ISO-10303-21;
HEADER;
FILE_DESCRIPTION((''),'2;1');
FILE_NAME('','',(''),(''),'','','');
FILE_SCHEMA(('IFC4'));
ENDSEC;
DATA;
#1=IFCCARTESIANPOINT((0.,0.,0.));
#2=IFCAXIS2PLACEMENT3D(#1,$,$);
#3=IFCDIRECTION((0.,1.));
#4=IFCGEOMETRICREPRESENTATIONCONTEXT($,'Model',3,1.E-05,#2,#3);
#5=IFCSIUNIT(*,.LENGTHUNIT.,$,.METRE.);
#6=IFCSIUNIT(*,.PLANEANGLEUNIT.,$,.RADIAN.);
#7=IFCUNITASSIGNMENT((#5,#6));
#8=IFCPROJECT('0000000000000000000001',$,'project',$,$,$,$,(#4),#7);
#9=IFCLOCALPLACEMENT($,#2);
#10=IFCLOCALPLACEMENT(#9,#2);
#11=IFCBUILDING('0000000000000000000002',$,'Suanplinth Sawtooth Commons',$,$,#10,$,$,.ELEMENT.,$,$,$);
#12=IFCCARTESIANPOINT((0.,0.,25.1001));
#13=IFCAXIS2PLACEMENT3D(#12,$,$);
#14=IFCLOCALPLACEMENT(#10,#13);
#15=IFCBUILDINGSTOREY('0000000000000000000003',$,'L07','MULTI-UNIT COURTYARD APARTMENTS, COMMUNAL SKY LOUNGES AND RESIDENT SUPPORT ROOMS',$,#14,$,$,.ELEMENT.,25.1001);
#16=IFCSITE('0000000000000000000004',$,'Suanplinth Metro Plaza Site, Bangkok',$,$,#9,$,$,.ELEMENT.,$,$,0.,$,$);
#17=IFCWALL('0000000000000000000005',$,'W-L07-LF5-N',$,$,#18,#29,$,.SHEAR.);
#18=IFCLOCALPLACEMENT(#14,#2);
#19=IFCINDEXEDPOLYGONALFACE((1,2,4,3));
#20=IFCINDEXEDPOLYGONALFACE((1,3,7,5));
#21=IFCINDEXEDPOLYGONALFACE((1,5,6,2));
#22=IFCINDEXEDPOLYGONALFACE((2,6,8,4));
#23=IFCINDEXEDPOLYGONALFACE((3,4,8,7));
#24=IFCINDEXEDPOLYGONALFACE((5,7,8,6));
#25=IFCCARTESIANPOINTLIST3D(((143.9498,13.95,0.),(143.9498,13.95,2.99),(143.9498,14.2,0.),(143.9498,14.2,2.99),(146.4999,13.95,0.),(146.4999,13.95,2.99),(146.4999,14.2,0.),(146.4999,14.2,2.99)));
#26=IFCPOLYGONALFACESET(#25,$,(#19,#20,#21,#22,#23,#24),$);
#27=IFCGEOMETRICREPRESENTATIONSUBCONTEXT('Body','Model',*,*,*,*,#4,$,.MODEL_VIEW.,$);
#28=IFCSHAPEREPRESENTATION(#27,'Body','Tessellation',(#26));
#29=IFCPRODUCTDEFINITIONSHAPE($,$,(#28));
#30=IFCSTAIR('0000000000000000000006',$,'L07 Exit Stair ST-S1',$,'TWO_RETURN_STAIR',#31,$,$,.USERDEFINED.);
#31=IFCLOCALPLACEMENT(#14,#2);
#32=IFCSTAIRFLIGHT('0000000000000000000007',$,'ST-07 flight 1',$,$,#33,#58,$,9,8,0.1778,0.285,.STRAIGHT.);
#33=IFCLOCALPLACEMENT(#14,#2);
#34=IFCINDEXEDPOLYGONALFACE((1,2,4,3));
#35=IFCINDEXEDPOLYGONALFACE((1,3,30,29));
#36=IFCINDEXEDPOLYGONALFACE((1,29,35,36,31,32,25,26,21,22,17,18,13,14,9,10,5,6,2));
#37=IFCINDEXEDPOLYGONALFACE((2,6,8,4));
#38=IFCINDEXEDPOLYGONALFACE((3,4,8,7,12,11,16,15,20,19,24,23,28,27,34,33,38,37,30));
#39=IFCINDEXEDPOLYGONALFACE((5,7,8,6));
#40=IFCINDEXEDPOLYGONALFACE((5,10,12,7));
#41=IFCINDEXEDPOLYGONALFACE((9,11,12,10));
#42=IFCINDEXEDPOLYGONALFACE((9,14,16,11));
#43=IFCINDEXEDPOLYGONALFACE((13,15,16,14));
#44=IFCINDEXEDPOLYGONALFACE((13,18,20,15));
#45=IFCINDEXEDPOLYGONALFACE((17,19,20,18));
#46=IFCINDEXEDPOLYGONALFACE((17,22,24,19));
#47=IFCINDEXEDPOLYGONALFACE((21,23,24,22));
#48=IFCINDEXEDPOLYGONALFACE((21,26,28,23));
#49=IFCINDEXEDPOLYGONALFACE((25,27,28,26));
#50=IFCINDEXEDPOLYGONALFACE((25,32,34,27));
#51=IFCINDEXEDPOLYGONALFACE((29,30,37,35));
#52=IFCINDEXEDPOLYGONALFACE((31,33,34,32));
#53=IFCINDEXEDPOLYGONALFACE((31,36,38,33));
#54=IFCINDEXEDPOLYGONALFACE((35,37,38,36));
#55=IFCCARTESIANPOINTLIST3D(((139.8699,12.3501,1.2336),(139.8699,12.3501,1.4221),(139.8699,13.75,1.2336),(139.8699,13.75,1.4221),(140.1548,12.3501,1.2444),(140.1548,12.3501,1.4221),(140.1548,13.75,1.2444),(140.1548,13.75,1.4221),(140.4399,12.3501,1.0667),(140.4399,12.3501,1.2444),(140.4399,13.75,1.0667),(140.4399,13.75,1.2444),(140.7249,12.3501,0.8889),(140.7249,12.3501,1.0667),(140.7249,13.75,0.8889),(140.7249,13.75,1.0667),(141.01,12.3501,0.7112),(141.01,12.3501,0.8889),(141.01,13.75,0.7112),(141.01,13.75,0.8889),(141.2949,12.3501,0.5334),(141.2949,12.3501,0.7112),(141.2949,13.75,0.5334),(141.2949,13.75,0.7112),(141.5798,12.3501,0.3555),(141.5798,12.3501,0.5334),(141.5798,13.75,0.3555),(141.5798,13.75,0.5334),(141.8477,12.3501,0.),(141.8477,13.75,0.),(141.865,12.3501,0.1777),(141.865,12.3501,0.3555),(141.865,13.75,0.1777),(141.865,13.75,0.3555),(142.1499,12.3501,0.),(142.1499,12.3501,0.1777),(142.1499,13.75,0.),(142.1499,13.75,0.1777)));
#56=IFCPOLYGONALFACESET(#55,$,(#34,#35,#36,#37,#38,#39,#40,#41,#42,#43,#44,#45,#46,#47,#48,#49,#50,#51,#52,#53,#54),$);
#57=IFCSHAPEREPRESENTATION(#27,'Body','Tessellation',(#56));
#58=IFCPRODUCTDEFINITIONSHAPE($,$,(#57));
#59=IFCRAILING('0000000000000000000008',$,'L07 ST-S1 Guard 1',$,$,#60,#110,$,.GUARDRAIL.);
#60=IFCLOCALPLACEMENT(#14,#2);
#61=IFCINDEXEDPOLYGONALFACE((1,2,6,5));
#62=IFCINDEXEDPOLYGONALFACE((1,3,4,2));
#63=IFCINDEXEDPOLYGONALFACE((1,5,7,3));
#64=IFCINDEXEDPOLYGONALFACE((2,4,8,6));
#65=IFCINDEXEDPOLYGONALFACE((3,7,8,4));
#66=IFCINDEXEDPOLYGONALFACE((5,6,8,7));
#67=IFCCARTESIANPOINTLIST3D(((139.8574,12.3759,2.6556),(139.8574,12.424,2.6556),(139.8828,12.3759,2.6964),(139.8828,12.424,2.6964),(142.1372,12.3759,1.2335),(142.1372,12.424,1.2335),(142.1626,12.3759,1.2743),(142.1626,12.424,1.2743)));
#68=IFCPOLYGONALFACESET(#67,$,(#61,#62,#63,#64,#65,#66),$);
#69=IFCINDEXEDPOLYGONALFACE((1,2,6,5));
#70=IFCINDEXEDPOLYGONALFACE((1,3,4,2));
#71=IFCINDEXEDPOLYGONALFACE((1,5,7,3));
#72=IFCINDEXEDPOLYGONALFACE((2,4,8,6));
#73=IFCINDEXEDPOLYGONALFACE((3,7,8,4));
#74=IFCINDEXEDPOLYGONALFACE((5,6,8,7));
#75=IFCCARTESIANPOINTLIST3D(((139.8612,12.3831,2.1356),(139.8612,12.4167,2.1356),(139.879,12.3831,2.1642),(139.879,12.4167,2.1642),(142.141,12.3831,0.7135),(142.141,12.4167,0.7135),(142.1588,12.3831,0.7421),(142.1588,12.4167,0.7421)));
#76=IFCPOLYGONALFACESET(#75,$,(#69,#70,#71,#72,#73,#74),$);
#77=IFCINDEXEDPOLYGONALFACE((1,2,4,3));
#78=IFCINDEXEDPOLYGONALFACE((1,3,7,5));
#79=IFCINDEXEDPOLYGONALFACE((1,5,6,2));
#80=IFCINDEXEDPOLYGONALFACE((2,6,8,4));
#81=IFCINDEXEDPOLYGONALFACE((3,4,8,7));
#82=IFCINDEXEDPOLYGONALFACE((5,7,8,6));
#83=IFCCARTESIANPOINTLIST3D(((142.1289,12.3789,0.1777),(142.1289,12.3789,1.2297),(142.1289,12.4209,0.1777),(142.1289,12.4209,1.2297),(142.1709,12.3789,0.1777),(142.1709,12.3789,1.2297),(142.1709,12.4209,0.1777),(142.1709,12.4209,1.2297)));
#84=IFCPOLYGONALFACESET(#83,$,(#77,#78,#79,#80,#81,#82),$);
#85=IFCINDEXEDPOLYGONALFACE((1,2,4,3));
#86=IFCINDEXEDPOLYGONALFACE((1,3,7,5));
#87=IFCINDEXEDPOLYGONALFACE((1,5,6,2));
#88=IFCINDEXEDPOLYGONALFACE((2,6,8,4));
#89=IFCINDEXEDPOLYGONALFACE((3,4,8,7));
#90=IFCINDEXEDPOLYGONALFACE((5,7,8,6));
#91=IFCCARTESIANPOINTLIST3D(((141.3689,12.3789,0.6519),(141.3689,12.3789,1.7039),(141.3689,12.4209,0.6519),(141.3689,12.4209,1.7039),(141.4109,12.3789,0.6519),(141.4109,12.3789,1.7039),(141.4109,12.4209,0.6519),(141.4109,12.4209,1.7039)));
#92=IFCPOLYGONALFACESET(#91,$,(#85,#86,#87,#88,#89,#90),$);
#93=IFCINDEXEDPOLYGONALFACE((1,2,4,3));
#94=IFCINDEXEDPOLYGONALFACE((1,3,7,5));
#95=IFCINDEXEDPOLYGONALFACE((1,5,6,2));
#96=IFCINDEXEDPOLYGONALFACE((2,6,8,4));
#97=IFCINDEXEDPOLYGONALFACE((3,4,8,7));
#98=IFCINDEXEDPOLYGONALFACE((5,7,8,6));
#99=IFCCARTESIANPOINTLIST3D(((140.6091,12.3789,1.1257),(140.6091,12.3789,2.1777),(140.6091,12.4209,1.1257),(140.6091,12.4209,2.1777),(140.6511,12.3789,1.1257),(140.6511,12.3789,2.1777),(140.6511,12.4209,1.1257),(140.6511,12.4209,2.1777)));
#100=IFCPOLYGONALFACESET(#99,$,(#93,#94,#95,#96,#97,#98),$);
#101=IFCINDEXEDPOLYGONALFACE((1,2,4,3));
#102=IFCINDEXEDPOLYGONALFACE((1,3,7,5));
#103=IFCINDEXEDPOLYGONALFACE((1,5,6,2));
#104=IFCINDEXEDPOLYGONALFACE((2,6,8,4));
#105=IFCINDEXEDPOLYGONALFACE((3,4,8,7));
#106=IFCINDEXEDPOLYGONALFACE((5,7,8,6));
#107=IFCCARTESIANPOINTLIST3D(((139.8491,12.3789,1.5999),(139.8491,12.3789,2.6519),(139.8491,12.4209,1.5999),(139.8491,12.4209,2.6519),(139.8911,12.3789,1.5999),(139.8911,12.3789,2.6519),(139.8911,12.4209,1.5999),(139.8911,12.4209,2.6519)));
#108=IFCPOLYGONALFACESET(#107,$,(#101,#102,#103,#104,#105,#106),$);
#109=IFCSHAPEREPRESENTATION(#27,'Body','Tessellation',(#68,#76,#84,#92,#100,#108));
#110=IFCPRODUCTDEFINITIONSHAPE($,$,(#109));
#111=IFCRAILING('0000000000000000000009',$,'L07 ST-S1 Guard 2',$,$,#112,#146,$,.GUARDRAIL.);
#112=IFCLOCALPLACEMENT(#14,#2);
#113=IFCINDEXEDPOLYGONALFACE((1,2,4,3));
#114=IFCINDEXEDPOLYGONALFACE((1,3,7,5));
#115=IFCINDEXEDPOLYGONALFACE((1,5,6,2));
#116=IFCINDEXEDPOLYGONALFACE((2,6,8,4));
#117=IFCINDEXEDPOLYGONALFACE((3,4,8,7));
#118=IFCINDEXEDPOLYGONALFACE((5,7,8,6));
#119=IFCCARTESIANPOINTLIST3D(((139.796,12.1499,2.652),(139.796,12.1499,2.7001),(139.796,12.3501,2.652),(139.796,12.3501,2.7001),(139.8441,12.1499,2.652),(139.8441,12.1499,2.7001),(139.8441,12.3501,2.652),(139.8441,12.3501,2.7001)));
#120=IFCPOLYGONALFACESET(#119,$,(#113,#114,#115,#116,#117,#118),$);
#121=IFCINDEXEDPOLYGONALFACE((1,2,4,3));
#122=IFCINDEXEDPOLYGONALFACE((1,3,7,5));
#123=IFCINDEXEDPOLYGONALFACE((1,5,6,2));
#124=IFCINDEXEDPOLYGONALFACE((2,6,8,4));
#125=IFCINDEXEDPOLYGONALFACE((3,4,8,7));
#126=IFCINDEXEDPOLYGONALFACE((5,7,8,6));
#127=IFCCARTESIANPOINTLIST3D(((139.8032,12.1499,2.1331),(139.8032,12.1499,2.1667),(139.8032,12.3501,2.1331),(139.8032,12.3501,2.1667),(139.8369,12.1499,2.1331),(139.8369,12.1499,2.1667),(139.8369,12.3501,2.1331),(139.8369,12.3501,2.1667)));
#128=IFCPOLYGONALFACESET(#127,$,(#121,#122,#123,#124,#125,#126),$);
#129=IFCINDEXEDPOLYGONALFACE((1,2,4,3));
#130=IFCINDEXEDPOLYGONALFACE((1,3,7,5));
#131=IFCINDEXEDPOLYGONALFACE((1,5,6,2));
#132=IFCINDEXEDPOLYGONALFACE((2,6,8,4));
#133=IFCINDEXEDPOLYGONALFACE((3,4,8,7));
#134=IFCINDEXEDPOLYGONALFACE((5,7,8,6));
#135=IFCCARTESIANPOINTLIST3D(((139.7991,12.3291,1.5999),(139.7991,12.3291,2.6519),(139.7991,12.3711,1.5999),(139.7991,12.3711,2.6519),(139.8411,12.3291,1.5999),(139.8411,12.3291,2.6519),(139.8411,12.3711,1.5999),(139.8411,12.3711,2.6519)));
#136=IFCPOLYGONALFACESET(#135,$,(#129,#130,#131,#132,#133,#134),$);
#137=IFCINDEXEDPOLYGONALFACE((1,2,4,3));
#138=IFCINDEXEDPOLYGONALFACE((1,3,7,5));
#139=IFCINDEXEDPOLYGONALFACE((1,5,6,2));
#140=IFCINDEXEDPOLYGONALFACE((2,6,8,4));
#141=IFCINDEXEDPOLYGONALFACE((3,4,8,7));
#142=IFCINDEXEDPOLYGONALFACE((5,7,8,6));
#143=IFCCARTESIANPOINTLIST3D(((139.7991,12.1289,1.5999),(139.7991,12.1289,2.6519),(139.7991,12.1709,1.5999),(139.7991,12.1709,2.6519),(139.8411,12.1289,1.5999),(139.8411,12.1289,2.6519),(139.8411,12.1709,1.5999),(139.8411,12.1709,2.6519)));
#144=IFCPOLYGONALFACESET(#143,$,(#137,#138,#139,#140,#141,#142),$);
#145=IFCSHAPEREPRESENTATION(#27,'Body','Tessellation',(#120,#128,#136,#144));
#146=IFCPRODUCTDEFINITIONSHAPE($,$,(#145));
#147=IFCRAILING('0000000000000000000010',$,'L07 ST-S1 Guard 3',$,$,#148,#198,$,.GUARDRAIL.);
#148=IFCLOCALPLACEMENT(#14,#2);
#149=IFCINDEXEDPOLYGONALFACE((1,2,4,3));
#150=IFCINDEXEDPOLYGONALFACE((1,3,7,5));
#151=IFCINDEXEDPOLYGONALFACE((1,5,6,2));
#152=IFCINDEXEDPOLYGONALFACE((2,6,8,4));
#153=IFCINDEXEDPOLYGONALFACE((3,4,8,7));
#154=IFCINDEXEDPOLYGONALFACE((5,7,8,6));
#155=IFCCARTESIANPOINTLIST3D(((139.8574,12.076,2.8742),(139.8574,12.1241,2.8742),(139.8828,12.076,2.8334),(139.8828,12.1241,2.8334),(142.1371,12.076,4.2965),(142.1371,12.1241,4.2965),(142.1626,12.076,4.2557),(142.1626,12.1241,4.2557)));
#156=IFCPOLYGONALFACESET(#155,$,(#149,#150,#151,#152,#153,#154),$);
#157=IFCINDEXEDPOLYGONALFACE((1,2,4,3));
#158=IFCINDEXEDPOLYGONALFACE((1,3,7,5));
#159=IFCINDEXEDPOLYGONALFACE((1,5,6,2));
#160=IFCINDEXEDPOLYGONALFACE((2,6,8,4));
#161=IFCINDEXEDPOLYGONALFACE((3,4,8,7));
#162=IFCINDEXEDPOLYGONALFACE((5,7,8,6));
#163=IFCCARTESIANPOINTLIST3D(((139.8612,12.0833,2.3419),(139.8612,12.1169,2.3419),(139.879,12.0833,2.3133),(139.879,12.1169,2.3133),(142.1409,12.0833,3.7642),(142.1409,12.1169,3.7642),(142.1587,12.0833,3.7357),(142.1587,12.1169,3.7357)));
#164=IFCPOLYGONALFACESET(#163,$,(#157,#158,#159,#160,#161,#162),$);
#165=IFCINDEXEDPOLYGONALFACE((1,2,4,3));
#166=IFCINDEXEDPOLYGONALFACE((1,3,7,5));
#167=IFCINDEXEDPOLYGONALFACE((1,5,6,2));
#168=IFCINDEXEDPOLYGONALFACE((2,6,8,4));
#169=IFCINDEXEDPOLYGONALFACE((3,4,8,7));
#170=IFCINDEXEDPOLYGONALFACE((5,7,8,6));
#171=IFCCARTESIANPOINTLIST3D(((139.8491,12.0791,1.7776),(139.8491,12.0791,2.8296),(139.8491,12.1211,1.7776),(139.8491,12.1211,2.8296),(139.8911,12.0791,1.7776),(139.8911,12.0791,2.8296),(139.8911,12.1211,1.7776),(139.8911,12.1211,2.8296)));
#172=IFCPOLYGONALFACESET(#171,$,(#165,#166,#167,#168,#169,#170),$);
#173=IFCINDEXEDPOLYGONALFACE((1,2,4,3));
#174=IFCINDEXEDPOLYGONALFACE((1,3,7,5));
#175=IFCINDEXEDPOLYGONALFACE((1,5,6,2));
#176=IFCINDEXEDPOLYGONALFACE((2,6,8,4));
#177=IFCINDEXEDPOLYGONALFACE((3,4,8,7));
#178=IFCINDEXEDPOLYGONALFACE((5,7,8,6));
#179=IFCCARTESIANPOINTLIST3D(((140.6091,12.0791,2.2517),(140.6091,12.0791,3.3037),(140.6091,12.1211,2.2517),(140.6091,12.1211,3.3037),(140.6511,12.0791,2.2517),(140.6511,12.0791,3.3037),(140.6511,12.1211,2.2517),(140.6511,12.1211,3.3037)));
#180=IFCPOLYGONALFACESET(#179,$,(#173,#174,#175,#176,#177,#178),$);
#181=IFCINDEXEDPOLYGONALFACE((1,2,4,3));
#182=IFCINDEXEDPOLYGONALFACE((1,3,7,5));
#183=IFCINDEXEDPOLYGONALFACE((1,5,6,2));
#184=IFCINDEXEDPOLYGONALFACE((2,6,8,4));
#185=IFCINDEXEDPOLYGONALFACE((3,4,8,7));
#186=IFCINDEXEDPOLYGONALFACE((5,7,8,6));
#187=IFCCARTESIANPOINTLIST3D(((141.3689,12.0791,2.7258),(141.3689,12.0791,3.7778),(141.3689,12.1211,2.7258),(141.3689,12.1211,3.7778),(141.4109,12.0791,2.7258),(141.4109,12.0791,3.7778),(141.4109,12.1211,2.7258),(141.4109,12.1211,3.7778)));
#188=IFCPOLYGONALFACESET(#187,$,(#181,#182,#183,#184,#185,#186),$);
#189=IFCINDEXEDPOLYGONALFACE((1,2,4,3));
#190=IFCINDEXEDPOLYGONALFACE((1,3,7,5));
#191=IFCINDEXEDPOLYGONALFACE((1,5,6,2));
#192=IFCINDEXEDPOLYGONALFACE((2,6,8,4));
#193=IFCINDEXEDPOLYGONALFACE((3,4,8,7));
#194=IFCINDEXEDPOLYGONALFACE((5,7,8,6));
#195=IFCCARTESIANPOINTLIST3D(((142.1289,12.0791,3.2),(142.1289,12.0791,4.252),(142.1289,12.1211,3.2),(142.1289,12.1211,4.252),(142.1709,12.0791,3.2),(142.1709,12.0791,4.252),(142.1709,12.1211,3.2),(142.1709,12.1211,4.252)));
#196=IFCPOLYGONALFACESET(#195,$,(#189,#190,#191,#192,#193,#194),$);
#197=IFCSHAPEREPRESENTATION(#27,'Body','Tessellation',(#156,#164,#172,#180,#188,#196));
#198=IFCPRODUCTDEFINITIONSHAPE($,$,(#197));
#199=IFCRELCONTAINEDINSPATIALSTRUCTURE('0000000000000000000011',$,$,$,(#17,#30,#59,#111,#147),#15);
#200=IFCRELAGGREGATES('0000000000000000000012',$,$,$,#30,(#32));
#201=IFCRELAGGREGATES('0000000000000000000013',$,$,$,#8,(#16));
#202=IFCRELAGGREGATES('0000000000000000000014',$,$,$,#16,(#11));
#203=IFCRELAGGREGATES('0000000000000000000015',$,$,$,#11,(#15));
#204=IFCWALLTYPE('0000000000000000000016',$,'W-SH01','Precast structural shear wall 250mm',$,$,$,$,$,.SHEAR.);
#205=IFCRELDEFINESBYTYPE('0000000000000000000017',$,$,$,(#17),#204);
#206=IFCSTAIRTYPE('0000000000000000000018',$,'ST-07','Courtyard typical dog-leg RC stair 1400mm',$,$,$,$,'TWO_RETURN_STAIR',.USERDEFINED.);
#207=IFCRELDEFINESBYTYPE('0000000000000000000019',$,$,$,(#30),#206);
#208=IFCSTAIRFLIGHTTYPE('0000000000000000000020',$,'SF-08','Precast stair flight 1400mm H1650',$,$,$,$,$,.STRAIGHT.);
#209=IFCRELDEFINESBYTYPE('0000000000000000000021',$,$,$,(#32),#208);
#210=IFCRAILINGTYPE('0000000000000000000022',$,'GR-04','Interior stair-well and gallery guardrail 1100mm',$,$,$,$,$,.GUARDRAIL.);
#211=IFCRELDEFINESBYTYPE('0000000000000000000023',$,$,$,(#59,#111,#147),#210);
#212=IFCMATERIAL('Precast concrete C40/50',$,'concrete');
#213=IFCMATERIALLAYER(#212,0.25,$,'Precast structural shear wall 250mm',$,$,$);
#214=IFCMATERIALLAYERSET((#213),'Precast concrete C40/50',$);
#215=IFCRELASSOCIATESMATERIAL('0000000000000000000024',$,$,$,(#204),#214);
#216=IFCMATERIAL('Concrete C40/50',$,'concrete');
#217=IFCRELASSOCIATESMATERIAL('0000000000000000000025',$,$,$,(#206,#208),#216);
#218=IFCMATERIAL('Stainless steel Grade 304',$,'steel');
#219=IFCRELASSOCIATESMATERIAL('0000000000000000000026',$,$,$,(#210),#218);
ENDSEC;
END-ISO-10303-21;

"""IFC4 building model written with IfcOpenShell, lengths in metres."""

from ifc_helpers import new_model, si_unit, direction, frame, frame_2d, origin, origin_2d, place, context, subcontext, project, spatial, polyline, rectangle, outline, extrude, material, layer, layer_set, type_object, element, aggregate, save


model = new_model("IFC4")

# Units and contexts
model_context = context("Model", 3, precision=1e-05, world=origin(), true_north=direction((0.0, 1.0)))
body_context = subcontext(model_context, "Body", "Model", "MODEL_VIEW")
ifc_project = project(units=[si_unit("LENGTHUNIT", "METRE"), si_unit("PLANEANGLEUNIT", "RADIAN")], contexts=[model_context])

# Site, building, storey
site_placement = place(None, origin())
site = spatial("IfcSite", under=ifc_project, at=site_placement, Name="Suanplinth Metro Plaza Site, Bangkok", CompositionType="ELEMENT", RefElevation=0.0)
building_placement = place(site_placement, origin())
building = spatial("IfcBuilding", under=site, at=building_placement, Name="Suanplinth Sawtooth Commons", CompositionType="ELEMENT")
storey_placement = place(building_placement, frame((0.0, 0.0, 25.1001)))
storey = spatial("IfcBuildingStorey", under=building, at=storey_placement, Name="L07", Description="MULTI-UNIT COURTYARD APARTMENTS, COMMUNAL SKY LOUNGES AND RESIDENT SUPPORT ROOMS", CompositionType="ELEMENT", Elevation=25.1001)

# Shared definitions
ifc_material_1 = material(Name="Precast concrete C40/50", Category="concrete")

# Shared definitions
ifc_material_2 = material(Name="Concrete C40/50", Category="concrete")

# Shared definitions
ifc_layer_1 = layer(ifc_material_1, 0.25, Name="Precast structural shear wall 250mm")
ifc_layer_set_1 = layer_set([ifc_layer_1], Name="Precast concrete C40/50")
wall_type_1 = type_object("IfcWallType", Name="W-SH01", Description="Precast structural shear wall 250mm", PredefinedType="SHEAR", material=ifc_layer_set_1)
ifc_material_3 = material(Name="Stainless steel Grade 304", Category="steel")

# Wall
wall_1_placement = place(storey_placement, frame((143.95, 14.075, 0.0), z_axis=(0.0, 0.0, 1.0), x_axis=(1.0, 0.0, 0.0)))
element("IfcWall", 1, at=wall_1_placement, inside=storey, type_object=wall_type_1, Name="W-L07-LF5-N", PredefinedType="SHEAR", context=body_context, shape_type="SweptSolid", body=[
    extrude(rectangle(XDim=2.55, YDim=0.25, at=frame_2d((1.2749, 0.0))), origin(), (0.0, 0.0, 1.0), 2.99),
])

# Stair, stair flight
stair_type = type_object("IfcStairType", Name="ST-07", Description="Courtyard typical dog-leg RC stair 1400mm", ElementType="TWO_RETURN_STAIR", PredefinedType="USERDEFINED", material=ifc_material_2)
stair_placement = place(storey_placement, origin())
stair = element("IfcStair", 2, at=stair_placement, inside=storey, type_object=stair_type, Name="L07 Exit Stair ST-S1", ObjectType="TWO_RETURN_STAIR", PredefinedType="USERDEFINED")
stair_flight_type = type_object("IfcStairFlightType", Name="SF-08", Description="Precast stair flight 1400mm H1650", PredefinedType="STRAIGHT", material=ifc_material_2)
stair_flight_placement = place(storey_placement, frame((142.1499, 13.05, 0.0), z_axis=(0.0, 0.0, 1.0), x_axis=(-1.0, 0.0, 0.0)))
stair_flight = element("IfcStairFlight", 3, at=stair_flight_placement, type_object=stair_flight_type, Name="ST-07 flight 1", NumberOfRisers=9, NumberOfTreads=8, PredefinedType="STRAIGHT", RiserHeight=0.1778, TreadLength=0.285, context=body_context, shape_type="SweptSolid", body=[
    extrude(outline(polyline([(0.0, 0.0), (0.0, 0.1777), (0.2849, 0.1777), (0.2849, 0.3555), (0.5701, 0.3555), (0.5701, 0.5334), (0.855, 0.5334), (0.855, 0.7112), (1.1399, 0.7112), (1.1399, 0.8889), (1.425, 0.8889), (1.425, 1.0667), (1.71, 1.0667), (1.71, 1.2444), (1.9951, 1.2444), (1.9951, 1.4221), (2.28, 1.4221), (2.28, 1.6001), (2.28, 1.2336), (0.3022, 0.0), (0.0, 0.0)])), frame((0.0, 0.7, 0.0), z_axis=(0.0, -1.0, 0.0), x_axis=(1.0, 0.0, 0.0)), (0.0, 0.0, 1.0), 1.3999),
])
aggregate(stair, [stair_flight])

# Railings
railing_type_1 = type_object("IfcRailingType", Name="GR-04", Description="Interior stair-well and gallery guardrail 1100mm", PredefinedType="GUARDRAIL", material=ifc_material_3)
railing_1_placement = place(storey_placement, frame((142.1499, 12.3999, 0.1777)))
element("IfcRailing", 4, at=railing_1_placement, inside=storey, type_object=railing_type_1, Name="L07 ST-S1 Guard 1", PredefinedType="GUARDRAIL", context=body_context, shape_type="SweptSolid", body=[
    extrude(rectangle(XDim=0.0481, YDim=0.0481, at=origin_2d()), frame((0.0, 0.0, 1.0762), z_axis=(-0.848457, 0.0, 0.529264), x_axis=(0.0, -1.0, 0.0)), (0.0, 0.0, 1.0), 2.687),
    extrude(rectangle(XDim=0.0337, YDim=0.0337, at=origin_2d()), frame((0.0, 0.0, 0.55), z_axis=(-0.848457, 0.0, 0.529264), x_axis=(0.0, -1.0, 0.0)), (0.0, 0.0, 1.0), 2.687),
    extrude(rectangle(XDim=0.042, YDim=0.042, at=origin_2d()), origin(), (0.0, 0.0, 1.0), 1.052),
    extrude(rectangle(XDim=0.042, YDim=0.042, at=origin_2d()), frame((-0.76, 0.0, 0.4741)), (0.0, 0.0, 1.0), 1.052),
    extrude(rectangle(XDim=0.042, YDim=0.042, at=origin_2d()), frame((-1.5198, 0.0, 0.948)), (0.0, 0.0, 1.0), 1.052),
    extrude(rectangle(XDim=0.042, YDim=0.042, at=origin_2d()), frame((-2.2798, 0.0, 1.4221)), (0.0, 0.0, 1.0), 1.052),
])
railing_2_placement = place(storey_placement, frame((139.8201, 12.3501, 1.5999)))
element("IfcRailing", 5, at=railing_2_placement, inside=storey, type_object=railing_type_1, Name="L07 ST-S1 Guard 2", PredefinedType="GUARDRAIL", context=body_context, shape_type="SweptSolid", body=[
    extrude(rectangle(XDim=0.0481, YDim=0.0481, at=origin_2d()), frame((0.0, 0.0, 1.0762), z_axis=(0.0, -1.0, 0.0), x_axis=(1.0, 0.0, 0.0)), (0.0, 0.0, 1.0), 0.2002),
    extrude(rectangle(XDim=0.0337, YDim=0.0337, at=origin_2d()), frame((0.0, 0.0, 0.55), z_axis=(0.0, -1.0, 0.0), x_axis=(1.0, 0.0, 0.0)), (0.0, 0.0, 1.0), 0.2002),
    extrude(rectangle(XDim=0.042, YDim=0.042, at=origin_2d()), origin(), (0.0, 0.0, 1.0), 1.052),
    extrude(rectangle(XDim=0.042, YDim=0.042, at=origin_2d()), frame((0.0, -0.2002, 0.0)), (0.0, 0.0, 1.0), 1.052),
])
railing_3_placement = place(storey_placement, frame((139.8701, 12.1001, 1.7776)))
element("IfcRailing", 6, at=railing_3_placement, inside=storey, type_object=railing_type_1, Name="L07 ST-S1 Guard 3", PredefinedType="GUARDRAIL", context=body_context, shape_type="SweptSolid", body=[
    extrude(rectangle(XDim=0.0481, YDim=0.0481, at=origin_2d()), frame((0.0, 0.0, 1.0762), z_axis=(0.848417, 0.0, 0.529329), x_axis=(0.0, 1.0, 0.0)), (0.0, 0.0, 1.0), 2.687),
    extrude(rectangle(XDim=0.0337, YDim=0.0337, at=origin_2d()), frame((0.0, 0.0, 0.55), z_axis=(0.848417, 0.0, 0.529329), x_axis=(0.0, 1.0, 0.0)), (0.0, 0.0, 1.0), 2.687),
    extrude(rectangle(XDim=0.042, YDim=0.042, at=origin_2d()), origin(), (0.0, 0.0, 1.0), 1.052),
    extrude(rectangle(XDim=0.042, YDim=0.042, at=origin_2d()), frame((0.76, 0.0, 0.4741)), (0.0, 0.0, 1.0), 1.052),
    extrude(rectangle(XDim=0.042, YDim=0.042, at=origin_2d()), frame((1.5198, 0.0, 0.9482)), (0.0, 0.0, 1.0), 1.052),
    extrude(rectangle(XDim=0.042, YDim=0.042, at=origin_2d()), frame((2.2798, 0.0, 1.4224)), (0.0, 0.0, 1.0), 1.052),
])

save(model, "model.ifc")
